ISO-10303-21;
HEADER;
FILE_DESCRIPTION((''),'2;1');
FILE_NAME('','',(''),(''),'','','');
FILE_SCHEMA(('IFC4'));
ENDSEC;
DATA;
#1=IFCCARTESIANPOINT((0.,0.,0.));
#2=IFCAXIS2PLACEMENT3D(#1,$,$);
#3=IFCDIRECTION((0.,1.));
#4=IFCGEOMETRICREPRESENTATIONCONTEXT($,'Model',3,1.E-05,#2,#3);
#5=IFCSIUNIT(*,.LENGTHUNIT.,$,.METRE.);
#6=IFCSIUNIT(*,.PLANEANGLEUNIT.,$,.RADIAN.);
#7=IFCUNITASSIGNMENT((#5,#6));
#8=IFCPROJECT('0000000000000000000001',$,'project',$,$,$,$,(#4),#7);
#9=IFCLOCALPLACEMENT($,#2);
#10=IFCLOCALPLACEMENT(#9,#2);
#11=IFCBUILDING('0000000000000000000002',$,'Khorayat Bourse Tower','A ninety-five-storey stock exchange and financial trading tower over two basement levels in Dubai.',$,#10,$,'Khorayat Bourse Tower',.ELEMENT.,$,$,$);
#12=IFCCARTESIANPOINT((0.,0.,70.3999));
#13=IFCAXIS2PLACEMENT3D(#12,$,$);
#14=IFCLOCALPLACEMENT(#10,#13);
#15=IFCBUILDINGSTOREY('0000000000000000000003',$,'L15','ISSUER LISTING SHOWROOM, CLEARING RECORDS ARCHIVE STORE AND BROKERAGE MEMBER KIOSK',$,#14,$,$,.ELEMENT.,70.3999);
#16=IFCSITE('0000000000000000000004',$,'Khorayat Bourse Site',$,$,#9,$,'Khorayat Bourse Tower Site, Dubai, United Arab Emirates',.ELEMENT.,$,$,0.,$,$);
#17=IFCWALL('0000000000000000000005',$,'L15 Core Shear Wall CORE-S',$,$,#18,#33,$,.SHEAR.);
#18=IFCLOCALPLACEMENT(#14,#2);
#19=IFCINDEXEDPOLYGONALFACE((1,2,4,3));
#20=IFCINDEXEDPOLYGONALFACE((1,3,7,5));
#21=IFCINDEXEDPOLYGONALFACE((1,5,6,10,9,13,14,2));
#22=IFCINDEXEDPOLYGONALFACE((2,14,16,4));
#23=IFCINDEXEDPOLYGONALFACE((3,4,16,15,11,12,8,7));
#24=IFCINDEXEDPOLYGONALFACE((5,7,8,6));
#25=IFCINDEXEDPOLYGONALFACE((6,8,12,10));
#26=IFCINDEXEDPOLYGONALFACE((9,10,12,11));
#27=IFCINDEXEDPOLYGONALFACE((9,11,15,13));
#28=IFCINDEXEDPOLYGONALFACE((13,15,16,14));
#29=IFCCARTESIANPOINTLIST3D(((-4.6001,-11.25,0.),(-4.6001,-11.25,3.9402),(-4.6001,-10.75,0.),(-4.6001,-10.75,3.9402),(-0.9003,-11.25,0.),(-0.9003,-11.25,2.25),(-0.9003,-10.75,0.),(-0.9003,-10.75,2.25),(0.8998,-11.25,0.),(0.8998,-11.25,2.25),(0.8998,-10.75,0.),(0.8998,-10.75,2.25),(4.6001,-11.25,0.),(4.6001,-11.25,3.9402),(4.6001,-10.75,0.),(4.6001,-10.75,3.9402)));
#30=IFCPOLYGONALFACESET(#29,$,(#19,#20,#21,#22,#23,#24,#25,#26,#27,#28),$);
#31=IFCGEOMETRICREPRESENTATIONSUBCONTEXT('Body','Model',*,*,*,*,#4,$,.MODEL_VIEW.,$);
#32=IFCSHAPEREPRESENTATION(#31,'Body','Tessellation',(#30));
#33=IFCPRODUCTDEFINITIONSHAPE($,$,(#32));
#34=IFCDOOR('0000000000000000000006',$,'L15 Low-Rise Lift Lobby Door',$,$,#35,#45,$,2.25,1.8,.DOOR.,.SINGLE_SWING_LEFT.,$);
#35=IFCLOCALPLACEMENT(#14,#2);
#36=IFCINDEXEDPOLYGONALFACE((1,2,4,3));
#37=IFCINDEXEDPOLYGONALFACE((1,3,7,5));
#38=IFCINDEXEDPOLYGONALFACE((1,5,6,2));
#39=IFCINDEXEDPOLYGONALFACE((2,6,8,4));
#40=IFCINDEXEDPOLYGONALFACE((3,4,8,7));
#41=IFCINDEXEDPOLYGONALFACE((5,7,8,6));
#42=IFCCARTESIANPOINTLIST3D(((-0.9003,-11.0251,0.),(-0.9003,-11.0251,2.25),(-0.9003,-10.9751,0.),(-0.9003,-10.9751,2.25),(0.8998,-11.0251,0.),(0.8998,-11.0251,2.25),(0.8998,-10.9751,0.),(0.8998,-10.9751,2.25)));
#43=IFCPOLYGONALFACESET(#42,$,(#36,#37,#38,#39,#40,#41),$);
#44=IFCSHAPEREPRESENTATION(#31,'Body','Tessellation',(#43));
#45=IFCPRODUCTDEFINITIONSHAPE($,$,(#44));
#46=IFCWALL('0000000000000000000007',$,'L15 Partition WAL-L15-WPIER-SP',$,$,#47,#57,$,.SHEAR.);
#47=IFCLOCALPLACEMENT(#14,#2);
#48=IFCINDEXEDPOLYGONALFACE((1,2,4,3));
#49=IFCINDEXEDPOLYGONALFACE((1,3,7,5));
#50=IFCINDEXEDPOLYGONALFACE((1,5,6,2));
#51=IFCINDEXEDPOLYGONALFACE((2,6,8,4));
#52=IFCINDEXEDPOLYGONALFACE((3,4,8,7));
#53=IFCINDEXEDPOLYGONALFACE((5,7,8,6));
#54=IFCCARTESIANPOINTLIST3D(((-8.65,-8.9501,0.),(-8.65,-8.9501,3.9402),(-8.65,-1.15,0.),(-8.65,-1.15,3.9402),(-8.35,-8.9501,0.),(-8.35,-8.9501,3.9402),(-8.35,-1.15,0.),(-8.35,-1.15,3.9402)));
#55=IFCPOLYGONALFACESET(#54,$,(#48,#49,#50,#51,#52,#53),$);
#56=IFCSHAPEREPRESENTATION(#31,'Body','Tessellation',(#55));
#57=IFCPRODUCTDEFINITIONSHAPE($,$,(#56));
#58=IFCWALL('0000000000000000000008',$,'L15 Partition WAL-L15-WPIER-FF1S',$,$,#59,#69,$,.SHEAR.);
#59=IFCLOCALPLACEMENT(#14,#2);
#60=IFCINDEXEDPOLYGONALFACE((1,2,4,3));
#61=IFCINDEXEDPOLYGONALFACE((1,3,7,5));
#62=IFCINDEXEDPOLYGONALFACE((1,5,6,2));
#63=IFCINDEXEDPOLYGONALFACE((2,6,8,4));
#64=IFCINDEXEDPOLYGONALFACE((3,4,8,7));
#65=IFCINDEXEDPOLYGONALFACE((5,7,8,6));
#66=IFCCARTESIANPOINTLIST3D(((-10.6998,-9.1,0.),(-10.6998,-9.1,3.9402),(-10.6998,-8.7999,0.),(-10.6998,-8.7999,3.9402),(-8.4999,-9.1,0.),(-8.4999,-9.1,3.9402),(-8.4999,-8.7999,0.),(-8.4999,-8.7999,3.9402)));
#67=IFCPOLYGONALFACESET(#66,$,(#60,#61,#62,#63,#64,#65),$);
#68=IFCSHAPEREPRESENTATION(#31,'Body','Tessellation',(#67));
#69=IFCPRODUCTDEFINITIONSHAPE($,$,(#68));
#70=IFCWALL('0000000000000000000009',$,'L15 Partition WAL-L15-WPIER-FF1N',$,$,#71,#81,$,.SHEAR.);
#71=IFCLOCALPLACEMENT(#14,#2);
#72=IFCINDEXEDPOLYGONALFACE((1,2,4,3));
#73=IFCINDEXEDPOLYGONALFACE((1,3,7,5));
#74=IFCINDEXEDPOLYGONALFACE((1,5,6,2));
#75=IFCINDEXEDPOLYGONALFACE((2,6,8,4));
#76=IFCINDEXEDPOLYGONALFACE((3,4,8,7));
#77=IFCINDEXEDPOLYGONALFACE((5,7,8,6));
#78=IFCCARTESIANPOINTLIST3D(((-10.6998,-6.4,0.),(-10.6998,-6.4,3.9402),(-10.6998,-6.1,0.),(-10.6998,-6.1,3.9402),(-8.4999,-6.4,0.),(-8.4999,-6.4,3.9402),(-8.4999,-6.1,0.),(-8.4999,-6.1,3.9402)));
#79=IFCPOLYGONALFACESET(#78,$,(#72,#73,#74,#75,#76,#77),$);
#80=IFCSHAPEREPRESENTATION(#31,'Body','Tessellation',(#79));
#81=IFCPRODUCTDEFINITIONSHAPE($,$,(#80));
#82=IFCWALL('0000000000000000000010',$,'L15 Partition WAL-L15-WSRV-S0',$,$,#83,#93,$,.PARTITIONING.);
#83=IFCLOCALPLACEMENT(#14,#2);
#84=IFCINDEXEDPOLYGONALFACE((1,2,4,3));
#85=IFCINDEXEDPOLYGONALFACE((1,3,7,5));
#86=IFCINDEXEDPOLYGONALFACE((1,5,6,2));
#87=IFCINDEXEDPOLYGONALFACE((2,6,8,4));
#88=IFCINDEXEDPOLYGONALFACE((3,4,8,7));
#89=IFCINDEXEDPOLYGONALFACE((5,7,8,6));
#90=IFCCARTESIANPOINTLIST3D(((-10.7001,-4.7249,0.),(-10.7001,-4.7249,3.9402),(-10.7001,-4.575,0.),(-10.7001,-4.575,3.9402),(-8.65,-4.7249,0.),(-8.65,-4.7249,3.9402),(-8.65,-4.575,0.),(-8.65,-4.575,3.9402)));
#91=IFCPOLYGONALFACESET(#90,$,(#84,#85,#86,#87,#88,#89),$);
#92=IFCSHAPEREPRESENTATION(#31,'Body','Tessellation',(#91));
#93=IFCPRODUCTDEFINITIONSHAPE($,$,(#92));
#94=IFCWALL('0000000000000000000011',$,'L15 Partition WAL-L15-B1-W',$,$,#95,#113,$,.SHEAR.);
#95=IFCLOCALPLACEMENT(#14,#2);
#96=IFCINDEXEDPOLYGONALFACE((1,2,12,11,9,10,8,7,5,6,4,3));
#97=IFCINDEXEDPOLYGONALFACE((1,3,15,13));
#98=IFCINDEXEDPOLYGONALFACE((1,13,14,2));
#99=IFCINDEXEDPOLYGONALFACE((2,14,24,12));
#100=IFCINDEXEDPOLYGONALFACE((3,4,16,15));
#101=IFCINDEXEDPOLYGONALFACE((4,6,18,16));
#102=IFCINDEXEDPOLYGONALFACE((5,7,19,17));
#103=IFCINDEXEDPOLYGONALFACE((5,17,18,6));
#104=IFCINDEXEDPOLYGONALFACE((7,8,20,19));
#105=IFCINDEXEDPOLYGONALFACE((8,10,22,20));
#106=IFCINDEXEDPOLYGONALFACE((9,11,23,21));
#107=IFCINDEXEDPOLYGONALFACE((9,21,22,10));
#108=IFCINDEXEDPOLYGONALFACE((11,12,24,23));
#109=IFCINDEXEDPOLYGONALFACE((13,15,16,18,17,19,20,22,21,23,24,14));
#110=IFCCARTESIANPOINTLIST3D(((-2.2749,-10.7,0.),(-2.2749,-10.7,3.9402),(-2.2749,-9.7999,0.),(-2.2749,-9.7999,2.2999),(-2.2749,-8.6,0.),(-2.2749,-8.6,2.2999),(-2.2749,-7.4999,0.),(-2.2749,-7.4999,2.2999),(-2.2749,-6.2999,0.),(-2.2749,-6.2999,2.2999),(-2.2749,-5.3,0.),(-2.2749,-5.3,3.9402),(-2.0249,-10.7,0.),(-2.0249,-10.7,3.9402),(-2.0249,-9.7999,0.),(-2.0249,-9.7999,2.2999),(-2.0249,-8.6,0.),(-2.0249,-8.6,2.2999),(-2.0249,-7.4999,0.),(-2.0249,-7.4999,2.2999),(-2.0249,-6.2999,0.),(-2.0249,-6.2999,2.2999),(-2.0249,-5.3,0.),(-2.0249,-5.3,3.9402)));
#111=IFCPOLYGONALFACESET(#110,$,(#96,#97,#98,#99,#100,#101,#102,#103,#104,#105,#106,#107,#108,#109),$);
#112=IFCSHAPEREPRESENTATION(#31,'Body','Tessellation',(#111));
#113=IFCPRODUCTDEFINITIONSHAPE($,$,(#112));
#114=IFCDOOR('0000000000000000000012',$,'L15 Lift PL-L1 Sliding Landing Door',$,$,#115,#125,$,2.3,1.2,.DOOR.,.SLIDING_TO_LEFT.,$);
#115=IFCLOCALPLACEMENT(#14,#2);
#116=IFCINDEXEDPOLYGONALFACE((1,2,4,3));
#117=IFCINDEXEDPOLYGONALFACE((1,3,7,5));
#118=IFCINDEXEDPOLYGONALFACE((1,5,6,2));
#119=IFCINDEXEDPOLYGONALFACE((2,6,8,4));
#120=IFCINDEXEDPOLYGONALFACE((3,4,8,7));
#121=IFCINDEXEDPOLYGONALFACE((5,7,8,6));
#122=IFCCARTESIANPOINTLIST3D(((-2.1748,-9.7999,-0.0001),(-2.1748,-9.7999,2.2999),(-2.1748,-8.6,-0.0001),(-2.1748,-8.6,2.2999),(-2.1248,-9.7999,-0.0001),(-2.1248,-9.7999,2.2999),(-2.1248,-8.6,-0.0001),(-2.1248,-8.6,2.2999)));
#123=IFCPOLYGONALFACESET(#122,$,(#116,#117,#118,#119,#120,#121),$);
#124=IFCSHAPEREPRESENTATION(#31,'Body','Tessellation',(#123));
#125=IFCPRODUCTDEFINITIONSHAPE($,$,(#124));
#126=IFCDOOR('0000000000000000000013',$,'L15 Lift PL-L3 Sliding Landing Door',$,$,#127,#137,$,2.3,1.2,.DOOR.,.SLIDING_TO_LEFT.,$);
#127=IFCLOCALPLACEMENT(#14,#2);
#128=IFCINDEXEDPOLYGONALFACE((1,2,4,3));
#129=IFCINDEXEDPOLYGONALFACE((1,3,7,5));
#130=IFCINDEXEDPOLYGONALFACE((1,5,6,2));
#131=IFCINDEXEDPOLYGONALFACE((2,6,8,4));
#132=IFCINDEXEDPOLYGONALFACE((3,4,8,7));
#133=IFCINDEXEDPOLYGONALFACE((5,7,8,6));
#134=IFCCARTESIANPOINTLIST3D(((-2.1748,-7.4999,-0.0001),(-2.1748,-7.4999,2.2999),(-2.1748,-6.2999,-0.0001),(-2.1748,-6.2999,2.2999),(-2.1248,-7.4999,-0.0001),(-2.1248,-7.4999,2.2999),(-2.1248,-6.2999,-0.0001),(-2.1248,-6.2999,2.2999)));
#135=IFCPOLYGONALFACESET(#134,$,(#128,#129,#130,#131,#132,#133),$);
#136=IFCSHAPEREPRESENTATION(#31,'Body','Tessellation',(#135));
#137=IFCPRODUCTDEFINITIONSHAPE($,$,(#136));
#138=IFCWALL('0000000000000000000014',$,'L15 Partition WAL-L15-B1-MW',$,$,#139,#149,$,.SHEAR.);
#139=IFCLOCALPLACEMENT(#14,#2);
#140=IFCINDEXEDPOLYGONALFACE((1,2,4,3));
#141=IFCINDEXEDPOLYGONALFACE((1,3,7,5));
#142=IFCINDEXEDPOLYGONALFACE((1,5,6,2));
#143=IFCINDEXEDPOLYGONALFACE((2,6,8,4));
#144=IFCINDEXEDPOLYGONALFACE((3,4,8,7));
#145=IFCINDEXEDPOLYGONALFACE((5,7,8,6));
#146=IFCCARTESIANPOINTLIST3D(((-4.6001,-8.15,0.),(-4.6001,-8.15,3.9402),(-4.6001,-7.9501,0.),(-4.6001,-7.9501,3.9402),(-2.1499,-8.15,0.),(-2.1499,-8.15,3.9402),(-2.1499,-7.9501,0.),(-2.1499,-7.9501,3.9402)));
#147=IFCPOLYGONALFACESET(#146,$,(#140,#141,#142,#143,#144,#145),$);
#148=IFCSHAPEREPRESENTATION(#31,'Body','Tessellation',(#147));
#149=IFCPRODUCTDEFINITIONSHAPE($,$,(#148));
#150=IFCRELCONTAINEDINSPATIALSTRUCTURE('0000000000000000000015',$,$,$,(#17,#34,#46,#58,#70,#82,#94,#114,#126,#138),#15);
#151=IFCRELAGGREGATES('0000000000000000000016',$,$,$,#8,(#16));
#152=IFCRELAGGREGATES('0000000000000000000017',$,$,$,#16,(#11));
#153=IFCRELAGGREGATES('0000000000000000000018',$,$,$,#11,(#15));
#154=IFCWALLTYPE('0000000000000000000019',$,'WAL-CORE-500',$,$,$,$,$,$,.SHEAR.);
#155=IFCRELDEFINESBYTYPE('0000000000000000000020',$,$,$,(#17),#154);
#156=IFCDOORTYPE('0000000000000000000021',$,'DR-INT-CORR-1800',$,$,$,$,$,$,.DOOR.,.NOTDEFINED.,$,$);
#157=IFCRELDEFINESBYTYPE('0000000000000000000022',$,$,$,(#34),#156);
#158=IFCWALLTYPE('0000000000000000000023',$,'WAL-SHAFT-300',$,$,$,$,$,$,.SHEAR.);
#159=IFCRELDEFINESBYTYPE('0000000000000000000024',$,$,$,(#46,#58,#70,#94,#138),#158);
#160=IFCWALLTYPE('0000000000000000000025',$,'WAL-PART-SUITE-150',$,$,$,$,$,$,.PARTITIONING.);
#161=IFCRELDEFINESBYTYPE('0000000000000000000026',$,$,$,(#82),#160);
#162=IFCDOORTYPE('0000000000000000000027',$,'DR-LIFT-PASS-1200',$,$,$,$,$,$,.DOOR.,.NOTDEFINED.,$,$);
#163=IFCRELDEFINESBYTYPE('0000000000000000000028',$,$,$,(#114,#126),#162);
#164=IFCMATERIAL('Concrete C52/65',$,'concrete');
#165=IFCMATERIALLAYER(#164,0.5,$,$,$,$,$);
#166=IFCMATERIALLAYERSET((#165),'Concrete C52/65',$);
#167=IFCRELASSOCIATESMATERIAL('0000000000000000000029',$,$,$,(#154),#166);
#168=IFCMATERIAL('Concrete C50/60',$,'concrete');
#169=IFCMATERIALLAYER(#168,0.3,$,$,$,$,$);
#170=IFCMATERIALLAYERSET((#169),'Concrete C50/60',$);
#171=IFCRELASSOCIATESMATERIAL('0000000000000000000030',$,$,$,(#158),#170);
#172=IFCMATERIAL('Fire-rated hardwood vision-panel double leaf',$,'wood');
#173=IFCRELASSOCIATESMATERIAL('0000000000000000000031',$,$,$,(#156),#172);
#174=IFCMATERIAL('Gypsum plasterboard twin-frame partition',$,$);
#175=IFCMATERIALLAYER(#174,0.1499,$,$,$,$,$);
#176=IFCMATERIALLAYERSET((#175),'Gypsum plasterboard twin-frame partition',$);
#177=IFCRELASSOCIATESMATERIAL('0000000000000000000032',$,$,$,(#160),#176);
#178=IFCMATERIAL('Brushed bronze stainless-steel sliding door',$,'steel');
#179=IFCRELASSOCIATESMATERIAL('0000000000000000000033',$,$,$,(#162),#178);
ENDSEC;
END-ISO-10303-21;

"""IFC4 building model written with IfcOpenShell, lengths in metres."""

from ifc_helpers import new_model, si_unit, direction, frame, frame_2d, origin, place, context, subcontext, project, spatial, rectangle, extrude, source, transform, mapped, material, layer, layer_set, type_object, element, fill, save


model = new_model("IFC4")

# Units and contexts
model_context = context("Model", 3, precision=1e-05, world=origin(), true_north=direction((0.0, 1.0)))
body_context = subcontext(model_context, "Body", "Model", "MODEL_VIEW")
ifc_project = project(units=[si_unit("LENGTHUNIT", "METRE"), si_unit("PLANEANGLEUNIT", "RADIAN")], contexts=[model_context])

# Site, building, storey
site_placement = place(None, origin())
site = spatial("IfcSite", under=ifc_project, at=site_placement, Name="Khorayat Bourse Site", LongName="Khorayat Bourse Tower Site, Dubai, United Arab Emirates", CompositionType="ELEMENT", RefElevation=0.0)
building_placement = place(site_placement, origin())
building = spatial("IfcBuilding", under=site, at=building_placement, Name="Khorayat Bourse Tower", Description="A ninety-five-storey stock exchange and financial trading tower over two basement levels in Dubai.", LongName="Khorayat Bourse Tower", CompositionType="ELEMENT")
storey_placement = place(building_placement, frame((0.0, 0.0, 70.3999)))
storey = spatial("IfcBuildingStorey", under=building, at=storey_placement, Name="L15", Description="ISSUER LISTING SHOWROOM, CLEARING RECORDS ARCHIVE STORE AND BROKERAGE MEMBER KIOSK", CompositionType="ELEMENT", Elevation=70.3999)

# Shared definitions
ifc_material_1 = material(Name="Concrete C52/65", Category="concrete")
ifc_layer_1 = layer(ifc_material_1, 0.5)
ifc_layer_set_1 = layer_set([ifc_layer_1], Name="Concrete C52/65")
wall_type_1 = type_object("IfcWallType", Name="WAL-CORE-500", PredefinedType="SHEAR", material=ifc_layer_set_1)
ifc_material_2 = material(Name="Concrete C50/60", Category="concrete")
ifc_layer_2 = layer(ifc_material_2, 0.3)
ifc_layer_set_2 = layer_set([ifc_layer_2], Name="Concrete C50/60")
wall_type_2 = type_object("IfcWallType", Name="WAL-SHAFT-300", PredefinedType="SHEAR", material=ifc_layer_set_2)

# Wall, opening, door
shared_shape_1 = source(origin(), body_context, "Body", "SweptSolid", [
    extrude(rectangle(XDim=9.2002, YDim=0.5, at=frame_2d((4.6001, 0.0))), origin(), (0.0, 0.0, 1.0), 3.9402),
])
wall_1_placement = place(storey_placement, frame((-4.6001, -11.0, 0.0), z_axis=(0.0, 0.0, 1.0), x_axis=(1.0, 0.0, 0.0)))
wall_1 = element("IfcWall", 1, at=wall_1_placement, inside=storey, type_object=wall_type_1, Name="L15 Core Shear Wall CORE-S", PredefinedType="SHEAR", context=body_context, shape_type="MappedRepresentation", body=[
    mapped(shared_shape_1, transform((0.0, 0.0, 0.0), scale=1.0)),
])
shared_shape_2 = source(origin(), body_context, "Body", "SweptSolid", [
    extrude(rectangle(XDim=1.8, YDim=2.25, at=frame_2d((0.8999, 1.125))), frame((0.0, 0.26, 0.0), z_axis=(0.0, -1.0, 0.0), x_axis=(1.0, 0.0, 0.0)), (0.0, 0.0, 1.0), 0.52),
])
opening_1_placement = place(wall_1_placement, frame((3.7, 0.0, 0.0)))
opening_1 = element("IfcOpeningElement", 2, at=opening_1_placement, cuts=wall_1, PredefinedType="OPENING", context=body_context, shape_type="MappedRepresentation", body=[
    mapped(shared_shape_2, transform((0.0, 0.0, 0.0), scale=1.0)),
])
ifc_material_3 = material(Name="Fire-rated hardwood vision-panel double leaf", Category="wood")
door_type_1 = type_object("IfcDoorType", Name="DR-INT-CORR-1800", OperationType="NOTDEFINED", PredefinedType="DOOR", material=ifc_material_3)
shared_shape_3 = source(origin(), body_context, "Body", "SweptSolid", [
    extrude(rectangle(XDim=1.8, YDim=2.25, at=frame_2d((0.8999, 1.125))), frame((0.0, 0.0249, 0.0), z_axis=(0.0, -1.0, 0.0), x_axis=(1.0, 0.0, 0.0)), (0.0, 0.0, 1.0), 0.05),
])
door_1_placement = place(opening_1_placement, origin())
door_1 = element("IfcDoor", 3, at=door_1_placement, inside=storey, type_object=door_type_1, Name="L15 Low-Rise Lift Lobby Door", OperationType="SINGLE_SWING_LEFT", OverallHeight=2.25, OverallWidth=1.8, PredefinedType="DOOR", context=body_context, shape_type="MappedRepresentation", body=[
    mapped(shared_shape_3, transform((0.0, 0.0, 0.0), scale=1.0)),
])
fill(opening_1, door_1)

# Walls
shared_shape_4 = source(origin(), body_context, "Body", "SweptSolid", [
    extrude(rectangle(XDim=7.8, YDim=0.3, at=frame_2d((3.8999, 0.0))), origin(), (0.0, 0.0, 1.0), 3.9402),
])
wall_2_placement = place(storey_placement, frame((-8.5, -8.95, 0.0), z_axis=(0.0, 0.0, 1.0), x_axis=(0.0, 1.0, 0.0)))
element("IfcWall", 4, at=wall_2_placement, inside=storey, type_object=wall_type_2, Name="L15 Partition WAL-L15-WPIER-SP", PredefinedType="SHEAR", context=body_context, shape_type="MappedRepresentation", body=[
    mapped(shared_shape_4, transform((0.0, 0.0, 0.0), scale=1.0)),
])
shared_shape_5 = source(origin(), body_context, "Body", "SweptSolid", [
    extrude(rectangle(XDim=2.2, YDim=0.3, at=frame_2d((1.1001, 0.0))), origin(), (0.0, 0.0, 1.0), 3.9402),
])
for number, where, z_axis, x_axis, name in (
    (5, (-10.7, -8.95, 0.0), (0.0, 0.0, 1.0), (1.0, 0.0, 0.0), "L15 Partition WAL-L15-WPIER-FF1S"),
    (6, (-10.7, -6.25, 0.0), (0.0, 0.0, 1.0), (1.0, 0.0, 0.0), "L15 Partition WAL-L15-WPIER-FF1N"),
):
    element("IfcWall", number, at=place(storey_placement, frame(where, z_axis=z_axis, x_axis=x_axis)), inside=storey, type_object=wall_type_2, Name=name, PredefinedType="SHEAR", context=body_context, shape_type="MappedRepresentation", body=[
        mapped(shared_shape_5, transform((0.0, 0.0, 0.0), scale=1.0)),
    ])
ifc_material_4 = material(Name="Gypsum plasterboard twin-frame partition")
ifc_layer_3 = layer(ifc_material_4, 0.1499)
ifc_layer_set_3 = layer_set([ifc_layer_3], Name="Gypsum plasterboard twin-frame partition")
wall_type_3 = type_object("IfcWallType", Name="WAL-PART-SUITE-150", PredefinedType="PARTITIONING", material=ifc_layer_set_3)
shared_shape_6 = source(origin(), body_context, "Body", "SweptSolid", [
    extrude(rectangle(XDim=2.05, YDim=0.1499, at=frame_2d((1.0249, 0.0))), origin(), (0.0, 0.0, 1.0), 3.9402),
])
wall_3_placement = place(storey_placement, frame((-10.7, -4.6499, 0.0), z_axis=(0.0, 0.0, 1.0), x_axis=(1.0, 0.0, 0.0)))
element("IfcWall", 7, at=wall_3_placement, inside=storey, type_object=wall_type_3, Name="L15 Partition WAL-L15-WSRV-S0", PredefinedType="PARTITIONING", context=body_context, shape_type="MappedRepresentation", body=[
    mapped(shared_shape_6, transform((0.0, 0.0, 0.0), scale=1.0)),
])

# Wall, openings, doors
shared_shape_7 = source(origin(), body_context, "Body", "SweptSolid", [
    extrude(rectangle(XDim=5.3999, YDim=0.25, at=frame_2d((2.7, 0.0))), origin(), (0.0, 0.0, 1.0), 3.9402),
])
wall_4_placement = place(storey_placement, frame((-2.1499, -10.7, 0.0), z_axis=(0.0, 0.0, 1.0), x_axis=(0.0, 1.0, 0.0)))
wall_4 = element("IfcWall", 8, at=wall_4_placement, inside=storey, type_object=wall_type_2, Name="L15 Partition WAL-L15-B1-W", PredefinedType="SHEAR", context=body_context, shape_type="MappedRepresentation", body=[
    mapped(shared_shape_7, transform((0.0, 0.0, 0.0), scale=1.0)),
])
shared_shape_8 = source(origin(), body_context, "Body", "SweptSolid", [
    extrude(rectangle(XDim=1.2, YDim=2.3, at=frame_2d((0.6001, 1.1499))), frame((0.0, 0.135, 0.0), z_axis=(0.0, -1.0, 0.0), x_axis=(1.0, 0.0, 0.0)), (0.0, 0.0, 1.0), 0.27),
])
opening_2_placement = place(wall_4_placement, frame((0.8999, 0.0, 0.0)))
opening_2 = element("IfcOpeningElement", 9, at=opening_2_placement, cuts=wall_4, PredefinedType="OPENING", context=body_context, shape_type="MappedRepresentation", body=[
    mapped(shared_shape_8, transform((0.0, 0.0, 0.0), scale=1.0)),
])
opening_3_placement = place(wall_4_placement, frame((3.2, 0.0, 0.0)))
opening_3 = element("IfcOpeningElement", 10, at=opening_3_placement, cuts=wall_4, PredefinedType="OPENING", context=body_context, shape_type="MappedRepresentation", body=[
    mapped(shared_shape_8, transform((0.0, 0.0, 0.0), scale=1.0)),
])
ifc_material_5 = material(Name="Brushed bronze stainless-steel sliding door", Category="steel")
door_type_2 = type_object("IfcDoorType", Name="DR-LIFT-PASS-1200", OperationType="NOTDEFINED", PredefinedType="DOOR", material=ifc_material_5)
shared_shape_9 = source(origin(), body_context, "Body", "SweptSolid", [
    extrude(rectangle(XDim=1.2, YDim=2.3, at=frame_2d((0.6001, 1.1499))), frame((0.0, 0.0249, 0.0), z_axis=(0.0, -1.0, 0.0), x_axis=(1.0, 0.0, 0.0)), (0.0, 0.0, 1.0), 0.05),
])
door_2_placement = place(opening_2_placement, origin())
door_2 = element("IfcDoor", 11, at=door_2_placement, inside=storey, type_object=door_type_2, Name="L15 Lift PL-L1 Sliding Landing Door", OperationType="SLIDING_TO_LEFT", OverallHeight=2.3, OverallWidth=1.2, PredefinedType="DOOR", context=body_context, shape_type="MappedRepresentation", body=[
    mapped(shared_shape_9, transform((0.0, 0.0, 0.0), scale=1.0)),
])
fill(opening_2, door_2)
door_3_placement = place(opening_3_placement, origin())
door_3 = element("IfcDoor", 12, at=door_3_placement, inside=storey, type_object=door_type_2, Name="L15 Lift PL-L3 Sliding Landing Door", OperationType="SLIDING_TO_LEFT", OverallHeight=2.3, OverallWidth=1.2, PredefinedType="DOOR", context=body_context, shape_type="MappedRepresentation", body=[
    mapped(shared_shape_9, transform((0.0, 0.0, 0.0), scale=1.0)),
])
fill(opening_3, door_3)

# Wall
shared_shape_10 = source(origin(), body_context, "Body", "SweptSolid", [
    extrude(rectangle(XDim=2.4502, YDim=0.2, at=frame_2d((1.2251, 0.0))), origin(), (0.0, 0.0, 1.0), 3.9402),
])
wall_5_placement = place(storey_placement, frame((-4.6001, -8.05, 0.0), z_axis=(0.0, 0.0, 1.0), x_axis=(1.0, 0.0, 0.0)))
element("IfcWall", 13, at=wall_5_placement, inside=storey, type_object=wall_type_2, Name="L15 Partition WAL-L15-B1-MW", PredefinedType="SHEAR", context=body_context, shape_type="MappedRepresentation", body=[
    mapped(shared_shape_10, transform((0.0, 0.0, 0.0), scale=1.0)),
])

save(model, "model.ifc")
